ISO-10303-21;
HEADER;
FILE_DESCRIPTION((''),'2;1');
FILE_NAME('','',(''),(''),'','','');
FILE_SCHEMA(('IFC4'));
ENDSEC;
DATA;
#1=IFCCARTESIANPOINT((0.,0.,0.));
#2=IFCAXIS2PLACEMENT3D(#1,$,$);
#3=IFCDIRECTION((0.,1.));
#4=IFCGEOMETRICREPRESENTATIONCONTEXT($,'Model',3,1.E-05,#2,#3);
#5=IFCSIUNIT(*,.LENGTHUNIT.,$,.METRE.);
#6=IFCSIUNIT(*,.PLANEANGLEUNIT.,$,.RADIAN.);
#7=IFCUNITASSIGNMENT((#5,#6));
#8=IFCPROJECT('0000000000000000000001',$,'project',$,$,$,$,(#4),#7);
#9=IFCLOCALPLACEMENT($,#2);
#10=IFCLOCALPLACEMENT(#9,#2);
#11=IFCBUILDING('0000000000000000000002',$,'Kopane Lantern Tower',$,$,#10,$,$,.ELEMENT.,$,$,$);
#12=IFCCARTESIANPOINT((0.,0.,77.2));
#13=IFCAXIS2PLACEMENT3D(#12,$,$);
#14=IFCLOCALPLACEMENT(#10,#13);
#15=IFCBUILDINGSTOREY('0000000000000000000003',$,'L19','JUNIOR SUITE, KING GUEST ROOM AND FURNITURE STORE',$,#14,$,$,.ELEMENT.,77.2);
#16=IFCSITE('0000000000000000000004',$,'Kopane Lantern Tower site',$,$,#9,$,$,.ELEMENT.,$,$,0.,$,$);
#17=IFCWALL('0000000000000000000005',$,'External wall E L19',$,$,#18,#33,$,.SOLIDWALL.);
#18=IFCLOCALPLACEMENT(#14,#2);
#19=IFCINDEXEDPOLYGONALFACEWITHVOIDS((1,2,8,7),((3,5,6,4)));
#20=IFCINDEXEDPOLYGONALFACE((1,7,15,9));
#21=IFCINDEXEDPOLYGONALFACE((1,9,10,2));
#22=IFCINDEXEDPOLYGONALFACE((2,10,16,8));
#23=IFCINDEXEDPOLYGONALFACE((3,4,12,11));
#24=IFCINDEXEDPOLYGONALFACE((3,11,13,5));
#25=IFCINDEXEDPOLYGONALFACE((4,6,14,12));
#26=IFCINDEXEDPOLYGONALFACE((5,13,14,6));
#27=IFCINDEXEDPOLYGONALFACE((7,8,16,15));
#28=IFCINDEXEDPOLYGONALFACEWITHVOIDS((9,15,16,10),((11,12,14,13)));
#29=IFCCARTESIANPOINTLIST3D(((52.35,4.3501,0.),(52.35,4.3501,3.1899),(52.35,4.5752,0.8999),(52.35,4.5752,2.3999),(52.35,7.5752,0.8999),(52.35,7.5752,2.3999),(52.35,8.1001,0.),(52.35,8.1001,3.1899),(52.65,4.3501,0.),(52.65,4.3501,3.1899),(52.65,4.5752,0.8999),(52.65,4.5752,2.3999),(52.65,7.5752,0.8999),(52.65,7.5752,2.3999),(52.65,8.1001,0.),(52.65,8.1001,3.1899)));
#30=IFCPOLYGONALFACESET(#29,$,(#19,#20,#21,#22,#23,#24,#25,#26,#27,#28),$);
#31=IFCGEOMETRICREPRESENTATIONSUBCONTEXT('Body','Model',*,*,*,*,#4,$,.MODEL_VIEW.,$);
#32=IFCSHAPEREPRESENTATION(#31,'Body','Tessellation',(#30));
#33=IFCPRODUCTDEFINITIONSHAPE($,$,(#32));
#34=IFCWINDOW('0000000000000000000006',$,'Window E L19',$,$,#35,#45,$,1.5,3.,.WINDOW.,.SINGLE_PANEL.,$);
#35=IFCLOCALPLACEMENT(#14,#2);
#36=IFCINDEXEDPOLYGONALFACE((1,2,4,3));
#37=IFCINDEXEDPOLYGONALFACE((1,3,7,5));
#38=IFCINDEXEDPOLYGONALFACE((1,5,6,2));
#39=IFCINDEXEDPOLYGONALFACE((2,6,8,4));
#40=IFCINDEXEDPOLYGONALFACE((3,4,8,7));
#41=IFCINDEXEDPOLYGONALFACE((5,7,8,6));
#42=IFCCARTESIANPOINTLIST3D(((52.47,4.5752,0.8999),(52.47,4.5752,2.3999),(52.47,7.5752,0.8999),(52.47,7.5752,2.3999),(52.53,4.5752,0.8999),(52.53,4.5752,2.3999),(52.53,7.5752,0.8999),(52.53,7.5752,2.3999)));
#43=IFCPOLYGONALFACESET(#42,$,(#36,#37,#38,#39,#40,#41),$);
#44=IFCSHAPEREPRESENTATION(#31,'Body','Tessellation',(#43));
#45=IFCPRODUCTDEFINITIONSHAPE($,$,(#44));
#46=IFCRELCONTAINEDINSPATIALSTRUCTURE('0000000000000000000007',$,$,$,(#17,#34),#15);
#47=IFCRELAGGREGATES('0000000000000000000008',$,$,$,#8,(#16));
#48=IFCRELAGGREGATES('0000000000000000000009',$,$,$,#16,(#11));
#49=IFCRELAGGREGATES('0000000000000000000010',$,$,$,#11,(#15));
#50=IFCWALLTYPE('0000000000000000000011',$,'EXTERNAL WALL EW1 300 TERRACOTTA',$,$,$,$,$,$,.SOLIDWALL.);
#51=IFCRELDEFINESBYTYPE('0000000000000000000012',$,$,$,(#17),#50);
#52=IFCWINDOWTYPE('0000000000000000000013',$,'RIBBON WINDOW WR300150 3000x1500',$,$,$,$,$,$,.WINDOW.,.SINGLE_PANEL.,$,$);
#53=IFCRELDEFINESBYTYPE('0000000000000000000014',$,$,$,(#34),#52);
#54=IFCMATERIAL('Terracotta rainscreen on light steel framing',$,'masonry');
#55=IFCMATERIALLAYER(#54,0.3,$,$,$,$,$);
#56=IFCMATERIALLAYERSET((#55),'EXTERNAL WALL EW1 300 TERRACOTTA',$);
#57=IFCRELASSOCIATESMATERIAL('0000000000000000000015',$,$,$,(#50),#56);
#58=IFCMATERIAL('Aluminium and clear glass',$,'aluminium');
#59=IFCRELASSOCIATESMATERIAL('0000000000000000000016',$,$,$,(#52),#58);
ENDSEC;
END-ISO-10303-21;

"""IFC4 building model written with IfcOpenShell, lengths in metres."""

from ifc_helpers import new_model, si_unit, direction, frame, frame_2d, origin, place, context, subcontext, project, spatial, rectangle, extrude, material, layer, layer_set, type_object, element, fill, save


model = new_model("IFC4")

# Units and contexts
model_context = context("Model", 3, precision=1e-05, world=origin(), true_north=direction((0.0, 1.0)))
body_context = subcontext(model_context, "Body", "Model", "MODEL_VIEW")
ifc_project = project(units=[si_unit("LENGTHUNIT", "METRE"), si_unit("PLANEANGLEUNIT", "RADIAN")], contexts=[model_context])

# Site, building, storey
site_placement = place(None, origin())
site = spatial("IfcSite", under=ifc_project, at=site_placement, Name="Kopane Lantern Tower site", CompositionType="ELEMENT", RefElevation=0.0)
building_placement = place(site_placement, origin())
building = spatial("IfcBuilding", under=site, at=building_placement, Name="Kopane Lantern Tower", CompositionType="ELEMENT")
storey_placement = place(building_placement, frame((0.0, 0.0, 77.2)))
storey = spatial("IfcBuildingStorey", under=building, at=storey_placement, Name="L19", Description="JUNIOR SUITE, KING GUEST ROOM AND FURNITURE STORE", CompositionType="ELEMENT", Elevation=77.2)

# Wall, opening, window
ifc_material_1 = material(Name="Terracotta rainscreen on light steel framing", Category="masonry")
ifc_layer = layer(ifc_material_1, 0.3)
ifc_layer_set = layer_set([ifc_layer], Name="EXTERNAL WALL EW1 300 TERRACOTTA")
wall_type = type_object("IfcWallType", Name="EXTERNAL WALL EW1 300 TERRACOTTA", PredefinedType="SOLIDWALL", material=ifc_layer_set)
ifc_material_2 = material(Name="Aluminium and clear glass", Category="aluminium")
window_type = type_object("IfcWindowType", Name="RIBBON WINDOW WR300150 3000x1500", PartitioningType="SINGLE_PANEL", PredefinedType="WINDOW", material=ifc_material_2)
wall_1_placement = place(storey_placement, frame((52.5, 4.3501, 0.0), z_axis=(0.0, 0.0, 1.0), x_axis=(0.0, 1.0, 0.0)))
wall_1 = element("IfcWall", 1, at=wall_1_placement, inside=storey, type_object=wall_type, Name="External wall E L19", PredefinedType="SOLIDWALL", context=body_context, shape_type="SweptSolid", body=[
    extrude(rectangle(XDim=3.75, YDim=0.3, at=frame_2d((1.875, 0.0))), origin(), (0.0, 0.0, 1.0), 3.1899),
])
opening_1_placement = place(wall_1_placement, frame((0.2251, 0.0, 0.8999)))
opening_1 = element("IfcOpeningElement", 2, at=opening_1_placement, cuts=wall_1, PredefinedType="OPENING", context=body_context, shape_type="SweptSolid", body=[
    extrude(rectangle(XDim=3.0, YDim=1.5, at=frame_2d((1.5, 0.75))), frame((0.0, 0.1599, 0.0), z_axis=(0.0, -1.0, 0.0), x_axis=(1.0, 0.0, 0.0)), (0.0, 0.0, 1.0), 0.3201),
])
window_1_placement = place(opening_1_placement, origin())
window_1 = element("IfcWindow", 3, at=window_1_placement, inside=storey, type_object=window_type, Name="Window E L19", OverallHeight=1.5, OverallWidth=3.0, PartitioningType="SINGLE_PANEL", PredefinedType="WINDOW", context=body_context, shape_type="SweptSolid", body=[
    extrude(rectangle(XDim=3.0, YDim=1.5, at=frame_2d((1.5, 0.75))), frame((0.0, 0.03, 0.0), z_axis=(0.0, -1.0, 0.0), x_axis=(1.0, 0.0, 0.0)), (0.0, 0.0, 1.0), 0.0601),
])
fill(opening_1, window_1)

save(model, "model.ifc")
